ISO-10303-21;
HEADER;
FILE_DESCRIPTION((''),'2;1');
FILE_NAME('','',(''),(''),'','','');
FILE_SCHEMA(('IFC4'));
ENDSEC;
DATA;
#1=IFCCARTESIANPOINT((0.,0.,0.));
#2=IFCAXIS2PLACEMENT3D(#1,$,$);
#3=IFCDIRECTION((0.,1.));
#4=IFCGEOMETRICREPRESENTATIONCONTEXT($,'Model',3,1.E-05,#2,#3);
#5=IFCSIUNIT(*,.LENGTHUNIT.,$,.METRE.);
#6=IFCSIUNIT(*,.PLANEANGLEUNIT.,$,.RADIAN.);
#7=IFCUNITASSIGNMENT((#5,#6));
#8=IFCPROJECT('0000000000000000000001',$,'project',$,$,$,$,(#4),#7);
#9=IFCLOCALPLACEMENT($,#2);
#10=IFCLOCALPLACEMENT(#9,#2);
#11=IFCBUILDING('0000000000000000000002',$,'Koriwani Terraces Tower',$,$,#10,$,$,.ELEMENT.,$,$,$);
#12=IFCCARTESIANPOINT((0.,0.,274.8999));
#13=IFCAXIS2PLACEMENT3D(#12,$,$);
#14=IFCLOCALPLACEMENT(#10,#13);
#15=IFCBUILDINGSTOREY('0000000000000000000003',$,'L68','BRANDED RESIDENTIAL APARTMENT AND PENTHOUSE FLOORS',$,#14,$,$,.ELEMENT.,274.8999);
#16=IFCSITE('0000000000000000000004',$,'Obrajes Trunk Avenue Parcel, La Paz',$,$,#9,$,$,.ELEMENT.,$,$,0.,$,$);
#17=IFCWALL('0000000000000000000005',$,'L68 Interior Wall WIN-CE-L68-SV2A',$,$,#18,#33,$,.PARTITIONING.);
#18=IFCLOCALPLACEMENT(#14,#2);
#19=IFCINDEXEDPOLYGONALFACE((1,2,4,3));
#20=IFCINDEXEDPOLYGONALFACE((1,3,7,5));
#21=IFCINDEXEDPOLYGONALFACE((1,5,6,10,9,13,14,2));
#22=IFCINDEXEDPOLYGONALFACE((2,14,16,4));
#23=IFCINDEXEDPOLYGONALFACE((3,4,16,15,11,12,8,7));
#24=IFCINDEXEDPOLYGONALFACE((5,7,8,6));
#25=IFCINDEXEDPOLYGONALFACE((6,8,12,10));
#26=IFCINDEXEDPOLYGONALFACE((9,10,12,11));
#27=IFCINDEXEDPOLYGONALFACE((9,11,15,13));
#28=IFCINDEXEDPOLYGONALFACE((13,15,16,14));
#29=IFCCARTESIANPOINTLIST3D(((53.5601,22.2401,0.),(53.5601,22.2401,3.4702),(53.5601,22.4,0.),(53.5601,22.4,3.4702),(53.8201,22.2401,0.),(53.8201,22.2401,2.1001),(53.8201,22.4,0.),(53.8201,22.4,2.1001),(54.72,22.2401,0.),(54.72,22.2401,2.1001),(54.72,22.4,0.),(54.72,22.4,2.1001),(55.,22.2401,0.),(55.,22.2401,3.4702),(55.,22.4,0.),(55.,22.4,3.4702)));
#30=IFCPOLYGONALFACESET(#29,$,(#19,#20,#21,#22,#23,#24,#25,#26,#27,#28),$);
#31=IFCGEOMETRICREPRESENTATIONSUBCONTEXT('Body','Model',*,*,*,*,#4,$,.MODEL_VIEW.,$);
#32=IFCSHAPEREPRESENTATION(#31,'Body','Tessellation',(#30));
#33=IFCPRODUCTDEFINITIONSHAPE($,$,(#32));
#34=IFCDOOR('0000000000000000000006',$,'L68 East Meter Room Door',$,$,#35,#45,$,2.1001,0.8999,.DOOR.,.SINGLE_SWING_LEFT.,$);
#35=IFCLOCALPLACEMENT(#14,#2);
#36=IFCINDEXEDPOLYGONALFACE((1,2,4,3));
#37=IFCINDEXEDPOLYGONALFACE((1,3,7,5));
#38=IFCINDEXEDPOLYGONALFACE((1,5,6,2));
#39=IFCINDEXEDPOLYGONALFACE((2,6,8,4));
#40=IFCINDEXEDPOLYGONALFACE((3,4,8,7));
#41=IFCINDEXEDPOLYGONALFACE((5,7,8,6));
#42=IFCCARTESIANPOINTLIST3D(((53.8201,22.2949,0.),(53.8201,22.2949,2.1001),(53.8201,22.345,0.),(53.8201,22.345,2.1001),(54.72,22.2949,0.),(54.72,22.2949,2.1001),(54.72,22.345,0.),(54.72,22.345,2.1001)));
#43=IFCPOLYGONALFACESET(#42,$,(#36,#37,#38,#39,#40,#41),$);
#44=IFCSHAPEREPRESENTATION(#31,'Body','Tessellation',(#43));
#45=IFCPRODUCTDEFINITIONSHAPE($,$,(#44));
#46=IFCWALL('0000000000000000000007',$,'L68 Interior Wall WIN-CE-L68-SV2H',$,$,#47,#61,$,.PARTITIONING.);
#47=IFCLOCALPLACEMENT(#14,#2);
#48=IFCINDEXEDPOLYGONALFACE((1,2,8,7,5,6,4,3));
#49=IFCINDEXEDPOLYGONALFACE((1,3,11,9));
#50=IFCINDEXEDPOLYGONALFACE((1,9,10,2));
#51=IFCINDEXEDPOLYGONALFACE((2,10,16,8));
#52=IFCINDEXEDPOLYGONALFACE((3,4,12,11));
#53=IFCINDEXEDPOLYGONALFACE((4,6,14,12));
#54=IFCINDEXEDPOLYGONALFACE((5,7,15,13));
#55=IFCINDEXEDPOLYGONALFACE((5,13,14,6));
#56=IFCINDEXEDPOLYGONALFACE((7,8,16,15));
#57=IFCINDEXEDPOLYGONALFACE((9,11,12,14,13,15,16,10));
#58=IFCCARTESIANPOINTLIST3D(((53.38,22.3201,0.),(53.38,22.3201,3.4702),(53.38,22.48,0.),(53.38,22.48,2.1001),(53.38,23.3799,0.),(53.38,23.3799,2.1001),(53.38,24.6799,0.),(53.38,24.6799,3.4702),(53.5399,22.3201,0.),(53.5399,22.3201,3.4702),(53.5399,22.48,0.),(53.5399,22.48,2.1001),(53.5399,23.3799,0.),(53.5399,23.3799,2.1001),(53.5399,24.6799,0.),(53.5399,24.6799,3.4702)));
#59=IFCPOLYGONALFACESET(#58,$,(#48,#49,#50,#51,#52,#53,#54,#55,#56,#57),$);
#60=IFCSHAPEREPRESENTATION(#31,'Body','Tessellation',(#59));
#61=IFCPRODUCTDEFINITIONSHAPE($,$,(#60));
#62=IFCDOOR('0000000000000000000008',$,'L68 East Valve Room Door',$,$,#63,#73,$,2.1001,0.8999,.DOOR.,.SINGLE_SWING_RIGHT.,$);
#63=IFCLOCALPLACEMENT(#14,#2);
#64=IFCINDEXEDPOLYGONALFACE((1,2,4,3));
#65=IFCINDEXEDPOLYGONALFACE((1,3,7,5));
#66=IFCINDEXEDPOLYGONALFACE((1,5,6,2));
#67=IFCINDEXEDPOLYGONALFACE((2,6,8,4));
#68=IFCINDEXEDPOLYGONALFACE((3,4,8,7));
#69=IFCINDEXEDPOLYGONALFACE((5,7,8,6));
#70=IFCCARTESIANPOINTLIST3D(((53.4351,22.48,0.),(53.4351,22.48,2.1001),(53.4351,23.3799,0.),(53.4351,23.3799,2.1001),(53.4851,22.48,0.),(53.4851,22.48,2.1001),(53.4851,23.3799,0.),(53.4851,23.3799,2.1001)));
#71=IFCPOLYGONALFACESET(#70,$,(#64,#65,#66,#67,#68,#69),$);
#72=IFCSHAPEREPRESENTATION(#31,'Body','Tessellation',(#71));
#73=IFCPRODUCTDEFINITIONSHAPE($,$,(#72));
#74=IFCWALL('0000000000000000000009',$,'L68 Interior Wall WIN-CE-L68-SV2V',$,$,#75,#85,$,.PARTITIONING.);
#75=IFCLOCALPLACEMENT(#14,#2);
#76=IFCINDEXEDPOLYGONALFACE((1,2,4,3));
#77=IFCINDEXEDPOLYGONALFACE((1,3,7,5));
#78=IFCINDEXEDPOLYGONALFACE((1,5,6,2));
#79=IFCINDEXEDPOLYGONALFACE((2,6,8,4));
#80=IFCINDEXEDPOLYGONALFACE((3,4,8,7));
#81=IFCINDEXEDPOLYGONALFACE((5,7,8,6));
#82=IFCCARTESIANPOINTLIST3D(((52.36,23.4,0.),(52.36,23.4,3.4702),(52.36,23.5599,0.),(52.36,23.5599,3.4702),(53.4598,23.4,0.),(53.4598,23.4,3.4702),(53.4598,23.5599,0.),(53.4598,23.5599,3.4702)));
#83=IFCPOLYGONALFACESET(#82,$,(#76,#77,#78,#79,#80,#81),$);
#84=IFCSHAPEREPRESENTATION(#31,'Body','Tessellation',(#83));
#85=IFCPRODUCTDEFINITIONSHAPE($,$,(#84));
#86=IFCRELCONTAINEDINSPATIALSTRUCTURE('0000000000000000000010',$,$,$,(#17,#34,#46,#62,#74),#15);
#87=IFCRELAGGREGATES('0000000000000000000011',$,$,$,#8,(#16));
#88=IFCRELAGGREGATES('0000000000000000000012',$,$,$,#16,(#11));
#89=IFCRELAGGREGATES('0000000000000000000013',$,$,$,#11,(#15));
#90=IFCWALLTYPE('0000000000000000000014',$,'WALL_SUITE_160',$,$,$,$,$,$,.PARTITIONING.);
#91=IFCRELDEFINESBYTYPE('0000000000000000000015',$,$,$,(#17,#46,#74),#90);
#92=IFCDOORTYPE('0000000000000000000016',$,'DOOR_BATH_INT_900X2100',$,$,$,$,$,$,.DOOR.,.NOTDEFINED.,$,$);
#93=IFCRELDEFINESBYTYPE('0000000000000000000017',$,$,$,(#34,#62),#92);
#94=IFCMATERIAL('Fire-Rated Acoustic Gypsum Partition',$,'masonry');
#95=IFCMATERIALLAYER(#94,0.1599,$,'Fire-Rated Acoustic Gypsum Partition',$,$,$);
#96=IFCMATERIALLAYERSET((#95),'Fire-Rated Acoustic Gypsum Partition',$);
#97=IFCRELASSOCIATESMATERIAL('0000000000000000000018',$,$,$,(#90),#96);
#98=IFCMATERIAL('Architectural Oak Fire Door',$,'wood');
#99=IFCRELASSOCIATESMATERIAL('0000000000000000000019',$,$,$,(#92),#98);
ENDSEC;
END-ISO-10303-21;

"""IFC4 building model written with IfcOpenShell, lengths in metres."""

from ifc_helpers import new_model, si_unit, direction, frame, frame_2d, origin, place, context, subcontext, project, spatial, rectangle, extrude, material, layer, layer_set, type_object, element, fill, save


model = new_model("IFC4")

# Units and contexts
model_context = context("Model", 3, precision=1e-05, world=origin(), true_north=direction((0.0, 1.0)))
body_context = subcontext(model_context, "Body", "Model", "MODEL_VIEW")
ifc_project = project(units=[si_unit("LENGTHUNIT", "METRE"), si_unit("PLANEANGLEUNIT", "RADIAN")], contexts=[model_context])

# Site, building, storey
site_placement = place(None, origin())
site = spatial("IfcSite", under=ifc_project, at=site_placement, Name="Obrajes Trunk Avenue Parcel, La Paz", CompositionType="ELEMENT", RefElevation=0.0)
building_placement = place(site_placement, origin())
building = spatial("IfcBuilding", under=site, at=building_placement, Name="Koriwani Terraces Tower", CompositionType="ELEMENT")
storey_placement = place(building_placement, frame((0.0, 0.0, 274.8999)))
storey = spatial("IfcBuildingStorey", under=building, at=storey_placement, Name="L68", Description="BRANDED RESIDENTIAL APARTMENT AND PENTHOUSE FLOORS", CompositionType="ELEMENT", Elevation=274.8999)

# Walls, openings, doors
ifc_material_1 = material(Name="Fire-Rated Acoustic Gypsum Partition", Category="masonry")
ifc_layer_1 = layer(ifc_material_1, 0.1599, Name="Fire-Rated Acoustic Gypsum Partition")
ifc_layer_set_1 = layer_set([ifc_layer_1], Name="Fire-Rated Acoustic Gypsum Partition")
wall_type_1 = type_object("IfcWallType", Name="WALL_SUITE_160", PredefinedType="PARTITIONING", material=ifc_layer_set_1)
wall_1_placement = place(storey_placement, frame((53.5601, 22.3201, 0.0), z_axis=(0.0, 0.0, 1.0), x_axis=(1.0, 0.0, 0.0)))
wall_1 = element("IfcWall", 1, at=wall_1_placement, inside=storey, type_object=wall_type_1, Name="L68 Interior Wall WIN-CE-L68-SV2A", PredefinedType="PARTITIONING", context=body_context, shape_type="SweptSolid", body=[
    extrude(rectangle(XDim=1.4399, YDim=0.1599, at=frame_2d((0.72, 0.0))), origin(), (0.0, 0.0, 1.0), 3.4702),
])
opening_1_placement = place(wall_1_placement, frame((0.26, 0.0, 0.0)))
opening_1 = element("IfcOpeningElement", 2, at=opening_1_placement, cuts=wall_1, PredefinedType="OPENING", context=body_context, shape_type="SweptSolid", body=[
    extrude(rectangle(XDim=0.8999, YDim=2.1001, at=frame_2d((0.45, 1.05))), frame((0.0, 0.0898, 0.0), z_axis=(0.0, -1.0, 0.0), x_axis=(1.0, 0.0, 0.0)), (0.0, 0.0, 1.0), 0.1799),
])
ifc_material_2 = material(Name="Architectural Oak Fire Door", Category="wood")
door_type_1 = type_object("IfcDoorType", Name="DOOR_BATH_INT_900X2100", OperationType="NOTDEFINED", PredefinedType="DOOR", material=ifc_material_2)
door_1_placement = place(opening_1_placement, origin())
door_1 = element("IfcDoor", 3, at=door_1_placement, inside=storey, type_object=door_type_1, Name="L68 East Meter Room Door", OperationType="SINGLE_SWING_LEFT", OverallHeight=2.1001, OverallWidth=0.8999, PredefinedType="DOOR", context=body_context, shape_type="SweptSolid", body=[
    extrude(rectangle(XDim=0.8999, YDim=2.1001, at=frame_2d((0.45, 1.05))), frame((0.0, 0.0249, 0.0), z_axis=(0.0, -1.0, 0.0), x_axis=(1.0, 0.0, 0.0)), (0.0, 0.0, 1.0), 0.05),
])
fill(opening_1, door_1)
wall_2_placement = place(storey_placement, frame((53.46, 22.3201, 0.0), z_axis=(0.0, 0.0, 1.0), x_axis=(0.0, 1.0, 0.0)))
wall_2 = element("IfcWall", 4, at=wall_2_placement, inside=storey, type_object=wall_type_1, Name="L68 Interior Wall WIN-CE-L68-SV2H", PredefinedType="PARTITIONING", context=body_context, shape_type="SweptSolid", body=[
    extrude(rectangle(XDim=2.3599, YDim=0.1599, at=frame_2d((1.1799, 0.0))), origin(), (0.0, 0.0, 1.0), 3.4702),
])
opening_2_placement = place(wall_2_placement, frame((0.1599, 0.0, 0.0)))
opening_2 = element("IfcOpeningElement", 5, at=opening_2_placement, cuts=wall_2, PredefinedType="OPENING", context=body_context, shape_type="SweptSolid", body=[
    extrude(rectangle(XDim=0.8999, YDim=2.1001, at=frame_2d((0.45, 1.05))), frame((0.0, 0.0898, 0.0), z_axis=(0.0, -1.0, 0.0), x_axis=(1.0, 0.0, 0.0)), (0.0, 0.0, 1.0), 0.1799),
])
door_2_placement = place(opening_2_placement, origin())
door_2 = element("IfcDoor", 6, at=door_2_placement, inside=storey, type_object=door_type_1, Name="L68 East Valve Room Door", OperationType="SINGLE_SWING_RIGHT", OverallHeight=2.1001, OverallWidth=0.8999, PredefinedType="DOOR", context=body_context, shape_type="SweptSolid", body=[
    extrude(rectangle(XDim=0.8999, YDim=2.1001, at=frame_2d((0.45, 1.05))), frame((0.0, 0.0249, 0.0), z_axis=(0.0, -1.0, 0.0), x_axis=(1.0, 0.0, 0.0)), (0.0, 0.0, 1.0), 0.05),
])
fill(opening_2, door_2)

# Wall
wall_3_placement = place(storey_placement, frame((52.3601, 23.48, 0.0), z_axis=(0.0, 0.0, 1.0), x_axis=(1.0, 0.0, 0.0)))
element("IfcWall", 7, at=wall_3_placement, inside=storey, type_object=wall_type_1, Name="L68 Interior Wall WIN-CE-L68-SV2V", PredefinedType="PARTITIONING", context=body_context, shape_type="SweptSolid", body=[
    extrude(rectangle(XDim=1.0999, YDim=0.1599, at=frame_2d((0.5498, 0.0))), origin(), (0.0, 0.0, 1.0), 3.4702),
])

save(model, "model.ifc")
